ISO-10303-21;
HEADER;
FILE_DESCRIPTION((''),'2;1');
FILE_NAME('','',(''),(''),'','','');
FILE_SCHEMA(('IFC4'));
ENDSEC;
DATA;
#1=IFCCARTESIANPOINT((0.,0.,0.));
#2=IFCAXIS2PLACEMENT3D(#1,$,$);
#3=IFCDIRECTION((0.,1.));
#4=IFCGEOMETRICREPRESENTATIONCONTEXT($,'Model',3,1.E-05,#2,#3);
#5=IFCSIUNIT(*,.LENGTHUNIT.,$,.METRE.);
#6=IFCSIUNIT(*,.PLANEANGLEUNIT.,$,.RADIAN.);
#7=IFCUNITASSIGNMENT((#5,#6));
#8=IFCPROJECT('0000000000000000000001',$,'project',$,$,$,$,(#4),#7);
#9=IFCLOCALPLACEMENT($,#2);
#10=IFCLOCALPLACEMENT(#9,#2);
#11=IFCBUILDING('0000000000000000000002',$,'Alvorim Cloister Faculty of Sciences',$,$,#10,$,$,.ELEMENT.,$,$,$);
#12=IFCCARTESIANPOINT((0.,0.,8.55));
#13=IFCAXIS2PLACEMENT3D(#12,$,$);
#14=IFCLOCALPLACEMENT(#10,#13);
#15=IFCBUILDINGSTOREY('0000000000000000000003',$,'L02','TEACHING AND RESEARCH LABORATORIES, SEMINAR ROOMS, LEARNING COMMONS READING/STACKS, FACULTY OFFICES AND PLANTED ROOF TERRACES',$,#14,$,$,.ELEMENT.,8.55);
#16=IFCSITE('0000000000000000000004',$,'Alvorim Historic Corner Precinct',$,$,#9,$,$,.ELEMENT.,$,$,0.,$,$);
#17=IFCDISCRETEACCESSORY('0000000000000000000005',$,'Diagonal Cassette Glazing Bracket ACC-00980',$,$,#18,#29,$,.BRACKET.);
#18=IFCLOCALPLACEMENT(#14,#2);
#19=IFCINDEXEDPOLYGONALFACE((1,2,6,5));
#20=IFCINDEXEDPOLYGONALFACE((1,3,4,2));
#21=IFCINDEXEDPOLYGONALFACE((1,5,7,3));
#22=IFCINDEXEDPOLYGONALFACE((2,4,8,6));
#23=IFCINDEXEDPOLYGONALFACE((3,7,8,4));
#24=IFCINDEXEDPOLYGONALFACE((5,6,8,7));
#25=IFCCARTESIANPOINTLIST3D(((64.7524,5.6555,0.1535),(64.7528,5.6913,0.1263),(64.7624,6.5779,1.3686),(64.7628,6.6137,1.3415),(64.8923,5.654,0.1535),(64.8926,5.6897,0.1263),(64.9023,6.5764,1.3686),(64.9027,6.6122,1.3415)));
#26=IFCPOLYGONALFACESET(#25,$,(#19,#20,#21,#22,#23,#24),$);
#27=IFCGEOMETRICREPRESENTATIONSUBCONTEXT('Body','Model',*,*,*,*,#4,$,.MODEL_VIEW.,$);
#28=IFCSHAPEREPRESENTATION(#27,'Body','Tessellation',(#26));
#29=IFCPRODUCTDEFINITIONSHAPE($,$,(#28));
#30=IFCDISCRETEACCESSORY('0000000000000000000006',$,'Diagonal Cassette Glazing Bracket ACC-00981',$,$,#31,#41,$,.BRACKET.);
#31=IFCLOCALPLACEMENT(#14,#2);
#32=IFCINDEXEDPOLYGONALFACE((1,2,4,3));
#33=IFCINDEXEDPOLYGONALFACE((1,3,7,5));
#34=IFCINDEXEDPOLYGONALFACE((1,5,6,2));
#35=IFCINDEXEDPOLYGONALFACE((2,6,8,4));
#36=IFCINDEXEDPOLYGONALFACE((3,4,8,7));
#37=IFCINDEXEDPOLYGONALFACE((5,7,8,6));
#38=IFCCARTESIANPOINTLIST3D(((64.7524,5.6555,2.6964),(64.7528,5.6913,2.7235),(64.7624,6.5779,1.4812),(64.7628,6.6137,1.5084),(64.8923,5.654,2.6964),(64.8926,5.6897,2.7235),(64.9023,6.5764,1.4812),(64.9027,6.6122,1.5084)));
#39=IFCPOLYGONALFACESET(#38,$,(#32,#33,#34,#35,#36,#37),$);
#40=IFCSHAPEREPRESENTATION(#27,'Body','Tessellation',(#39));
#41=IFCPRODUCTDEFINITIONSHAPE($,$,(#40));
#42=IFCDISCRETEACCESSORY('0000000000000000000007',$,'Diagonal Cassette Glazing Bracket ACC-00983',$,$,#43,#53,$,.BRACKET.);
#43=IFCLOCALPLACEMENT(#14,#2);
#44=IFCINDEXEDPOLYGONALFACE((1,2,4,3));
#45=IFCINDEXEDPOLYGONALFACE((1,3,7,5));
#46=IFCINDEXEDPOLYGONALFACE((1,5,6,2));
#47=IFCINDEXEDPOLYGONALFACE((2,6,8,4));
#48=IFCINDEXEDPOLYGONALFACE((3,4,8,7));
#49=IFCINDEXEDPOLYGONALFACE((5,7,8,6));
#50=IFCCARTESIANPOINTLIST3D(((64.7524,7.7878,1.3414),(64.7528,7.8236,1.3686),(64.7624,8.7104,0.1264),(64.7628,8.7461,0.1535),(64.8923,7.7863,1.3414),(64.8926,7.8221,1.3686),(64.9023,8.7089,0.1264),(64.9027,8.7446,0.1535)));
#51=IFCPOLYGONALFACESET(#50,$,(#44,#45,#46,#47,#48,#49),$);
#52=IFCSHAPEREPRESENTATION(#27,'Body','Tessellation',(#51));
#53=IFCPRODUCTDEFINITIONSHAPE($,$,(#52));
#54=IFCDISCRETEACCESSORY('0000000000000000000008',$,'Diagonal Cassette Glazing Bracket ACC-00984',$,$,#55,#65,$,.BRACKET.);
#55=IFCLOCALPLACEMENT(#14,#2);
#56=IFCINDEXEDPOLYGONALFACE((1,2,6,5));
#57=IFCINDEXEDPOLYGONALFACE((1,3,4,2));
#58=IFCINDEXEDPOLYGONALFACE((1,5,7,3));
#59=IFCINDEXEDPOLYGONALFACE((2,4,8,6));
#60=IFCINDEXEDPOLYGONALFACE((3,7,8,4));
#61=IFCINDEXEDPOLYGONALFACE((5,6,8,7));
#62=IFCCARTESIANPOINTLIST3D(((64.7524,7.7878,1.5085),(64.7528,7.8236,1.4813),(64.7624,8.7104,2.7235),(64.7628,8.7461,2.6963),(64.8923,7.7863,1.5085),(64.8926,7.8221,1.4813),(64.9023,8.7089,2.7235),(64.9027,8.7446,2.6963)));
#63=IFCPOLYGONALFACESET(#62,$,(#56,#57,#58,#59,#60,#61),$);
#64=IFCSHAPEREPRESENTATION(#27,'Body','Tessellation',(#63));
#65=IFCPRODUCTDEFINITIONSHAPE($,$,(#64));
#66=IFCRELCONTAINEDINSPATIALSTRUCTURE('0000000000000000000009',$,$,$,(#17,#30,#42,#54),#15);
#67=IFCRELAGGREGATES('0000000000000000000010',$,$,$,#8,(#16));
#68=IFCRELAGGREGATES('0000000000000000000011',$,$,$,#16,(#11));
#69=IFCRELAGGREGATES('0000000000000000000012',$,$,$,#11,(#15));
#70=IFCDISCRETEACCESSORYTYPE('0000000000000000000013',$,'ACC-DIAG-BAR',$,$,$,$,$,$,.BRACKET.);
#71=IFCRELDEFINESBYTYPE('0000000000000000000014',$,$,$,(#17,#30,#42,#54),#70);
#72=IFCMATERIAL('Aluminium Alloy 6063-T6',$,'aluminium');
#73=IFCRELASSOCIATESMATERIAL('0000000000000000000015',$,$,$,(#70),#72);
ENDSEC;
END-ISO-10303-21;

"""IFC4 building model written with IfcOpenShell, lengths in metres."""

from ifc_helpers import new_model, si_unit, direction, frame, origin, origin_2d, place, context, subcontext, project, spatial, rectangle, extrude, material, type_object, element, save


model = new_model("IFC4")

# Units and contexts
model_context = context("Model", 3, precision=1e-05, world=origin(), true_north=direction((0.0, 1.0)))
body_context = subcontext(model_context, "Body", "Model", "MODEL_VIEW")
ifc_project = project(units=[si_unit("LENGTHUNIT", "METRE"), si_unit("PLANEANGLEUNIT", "RADIAN")], contexts=[model_context])

# Site, building, storey
site_placement = place(None, origin())
site = spatial("IfcSite", under=ifc_project, at=site_placement, Name="Alvorim Historic Corner Precinct", CompositionType="ELEMENT", RefElevation=0.0)
building_placement = place(site_placement, origin())
building = spatial("IfcBuilding", under=site, at=building_placement, Name="Alvorim Cloister Faculty of Sciences", CompositionType="ELEMENT")
storey_placement = place(building_placement, frame((0.0, 0.0, 8.55)))
storey = spatial("IfcBuildingStorey", under=building, at=storey_placement, Name="L02", Description="TEACHING AND RESEARCH LABORATORIES, SEMINAR ROOMS, LEARNING COMMONS READING/STACKS, FACULTY OFFICES AND PLANTED ROOF TERRACES", CompositionType="ELEMENT", Elevation=8.55)

# Shared definitions
ifc_material_1 = material(Name="Aluminium Alloy 6063-T6", Category="aluminium")

# Discrete accessories
discrete_accessory_type = type_object("IfcDiscreteAccessoryType", Name="ACC-DIAG-BAR", PredefinedType="BRACKET", material=ifc_material_1)
for number, where, z_axis, x_axis, name in (
    (1, (64.8225, 5.6726, 0.1399), (0.006561, 0.604612, 0.796493), (-0.999941, 0.010852, 0.0), "Diagonal Cassette Glazing Bracket ACC-00980"),
    (2, (64.8225, 5.6726, 2.71), (0.006561, 0.604612, -0.796493), (-0.999941, 0.010852, 0.0), "Diagonal Cassette Glazing Bracket ACC-00981"),
    (3, (64.8225, 7.8049, 1.355), (0.006561, 0.604713, -0.796416), (-0.999941, 0.010849, 0.0), "Diagonal Cassette Glazing Bracket ACC-00983"),
    (4, (64.8225, 7.8049, 1.4949), (0.006561, 0.604713, 0.796416), (-0.999941, 0.010849, 0.0), "Diagonal Cassette Glazing Bracket ACC-00984"),
):
    element("IfcDiscreteAccessory", number, at=place(storey_placement, frame(where, z_axis=z_axis, x_axis=x_axis)), inside=storey, type_object=discrete_accessory_type, Name=name, PredefinedType="BRACKET", context=body_context, shape_type="SweptSolid", body=[
        extrude(rectangle(XDim=0.1399, YDim=0.0449, at=origin_2d()), origin(), (0.0, 0.0, 1.0), 1.5256),
    ])

save(model, "model.ifc")
